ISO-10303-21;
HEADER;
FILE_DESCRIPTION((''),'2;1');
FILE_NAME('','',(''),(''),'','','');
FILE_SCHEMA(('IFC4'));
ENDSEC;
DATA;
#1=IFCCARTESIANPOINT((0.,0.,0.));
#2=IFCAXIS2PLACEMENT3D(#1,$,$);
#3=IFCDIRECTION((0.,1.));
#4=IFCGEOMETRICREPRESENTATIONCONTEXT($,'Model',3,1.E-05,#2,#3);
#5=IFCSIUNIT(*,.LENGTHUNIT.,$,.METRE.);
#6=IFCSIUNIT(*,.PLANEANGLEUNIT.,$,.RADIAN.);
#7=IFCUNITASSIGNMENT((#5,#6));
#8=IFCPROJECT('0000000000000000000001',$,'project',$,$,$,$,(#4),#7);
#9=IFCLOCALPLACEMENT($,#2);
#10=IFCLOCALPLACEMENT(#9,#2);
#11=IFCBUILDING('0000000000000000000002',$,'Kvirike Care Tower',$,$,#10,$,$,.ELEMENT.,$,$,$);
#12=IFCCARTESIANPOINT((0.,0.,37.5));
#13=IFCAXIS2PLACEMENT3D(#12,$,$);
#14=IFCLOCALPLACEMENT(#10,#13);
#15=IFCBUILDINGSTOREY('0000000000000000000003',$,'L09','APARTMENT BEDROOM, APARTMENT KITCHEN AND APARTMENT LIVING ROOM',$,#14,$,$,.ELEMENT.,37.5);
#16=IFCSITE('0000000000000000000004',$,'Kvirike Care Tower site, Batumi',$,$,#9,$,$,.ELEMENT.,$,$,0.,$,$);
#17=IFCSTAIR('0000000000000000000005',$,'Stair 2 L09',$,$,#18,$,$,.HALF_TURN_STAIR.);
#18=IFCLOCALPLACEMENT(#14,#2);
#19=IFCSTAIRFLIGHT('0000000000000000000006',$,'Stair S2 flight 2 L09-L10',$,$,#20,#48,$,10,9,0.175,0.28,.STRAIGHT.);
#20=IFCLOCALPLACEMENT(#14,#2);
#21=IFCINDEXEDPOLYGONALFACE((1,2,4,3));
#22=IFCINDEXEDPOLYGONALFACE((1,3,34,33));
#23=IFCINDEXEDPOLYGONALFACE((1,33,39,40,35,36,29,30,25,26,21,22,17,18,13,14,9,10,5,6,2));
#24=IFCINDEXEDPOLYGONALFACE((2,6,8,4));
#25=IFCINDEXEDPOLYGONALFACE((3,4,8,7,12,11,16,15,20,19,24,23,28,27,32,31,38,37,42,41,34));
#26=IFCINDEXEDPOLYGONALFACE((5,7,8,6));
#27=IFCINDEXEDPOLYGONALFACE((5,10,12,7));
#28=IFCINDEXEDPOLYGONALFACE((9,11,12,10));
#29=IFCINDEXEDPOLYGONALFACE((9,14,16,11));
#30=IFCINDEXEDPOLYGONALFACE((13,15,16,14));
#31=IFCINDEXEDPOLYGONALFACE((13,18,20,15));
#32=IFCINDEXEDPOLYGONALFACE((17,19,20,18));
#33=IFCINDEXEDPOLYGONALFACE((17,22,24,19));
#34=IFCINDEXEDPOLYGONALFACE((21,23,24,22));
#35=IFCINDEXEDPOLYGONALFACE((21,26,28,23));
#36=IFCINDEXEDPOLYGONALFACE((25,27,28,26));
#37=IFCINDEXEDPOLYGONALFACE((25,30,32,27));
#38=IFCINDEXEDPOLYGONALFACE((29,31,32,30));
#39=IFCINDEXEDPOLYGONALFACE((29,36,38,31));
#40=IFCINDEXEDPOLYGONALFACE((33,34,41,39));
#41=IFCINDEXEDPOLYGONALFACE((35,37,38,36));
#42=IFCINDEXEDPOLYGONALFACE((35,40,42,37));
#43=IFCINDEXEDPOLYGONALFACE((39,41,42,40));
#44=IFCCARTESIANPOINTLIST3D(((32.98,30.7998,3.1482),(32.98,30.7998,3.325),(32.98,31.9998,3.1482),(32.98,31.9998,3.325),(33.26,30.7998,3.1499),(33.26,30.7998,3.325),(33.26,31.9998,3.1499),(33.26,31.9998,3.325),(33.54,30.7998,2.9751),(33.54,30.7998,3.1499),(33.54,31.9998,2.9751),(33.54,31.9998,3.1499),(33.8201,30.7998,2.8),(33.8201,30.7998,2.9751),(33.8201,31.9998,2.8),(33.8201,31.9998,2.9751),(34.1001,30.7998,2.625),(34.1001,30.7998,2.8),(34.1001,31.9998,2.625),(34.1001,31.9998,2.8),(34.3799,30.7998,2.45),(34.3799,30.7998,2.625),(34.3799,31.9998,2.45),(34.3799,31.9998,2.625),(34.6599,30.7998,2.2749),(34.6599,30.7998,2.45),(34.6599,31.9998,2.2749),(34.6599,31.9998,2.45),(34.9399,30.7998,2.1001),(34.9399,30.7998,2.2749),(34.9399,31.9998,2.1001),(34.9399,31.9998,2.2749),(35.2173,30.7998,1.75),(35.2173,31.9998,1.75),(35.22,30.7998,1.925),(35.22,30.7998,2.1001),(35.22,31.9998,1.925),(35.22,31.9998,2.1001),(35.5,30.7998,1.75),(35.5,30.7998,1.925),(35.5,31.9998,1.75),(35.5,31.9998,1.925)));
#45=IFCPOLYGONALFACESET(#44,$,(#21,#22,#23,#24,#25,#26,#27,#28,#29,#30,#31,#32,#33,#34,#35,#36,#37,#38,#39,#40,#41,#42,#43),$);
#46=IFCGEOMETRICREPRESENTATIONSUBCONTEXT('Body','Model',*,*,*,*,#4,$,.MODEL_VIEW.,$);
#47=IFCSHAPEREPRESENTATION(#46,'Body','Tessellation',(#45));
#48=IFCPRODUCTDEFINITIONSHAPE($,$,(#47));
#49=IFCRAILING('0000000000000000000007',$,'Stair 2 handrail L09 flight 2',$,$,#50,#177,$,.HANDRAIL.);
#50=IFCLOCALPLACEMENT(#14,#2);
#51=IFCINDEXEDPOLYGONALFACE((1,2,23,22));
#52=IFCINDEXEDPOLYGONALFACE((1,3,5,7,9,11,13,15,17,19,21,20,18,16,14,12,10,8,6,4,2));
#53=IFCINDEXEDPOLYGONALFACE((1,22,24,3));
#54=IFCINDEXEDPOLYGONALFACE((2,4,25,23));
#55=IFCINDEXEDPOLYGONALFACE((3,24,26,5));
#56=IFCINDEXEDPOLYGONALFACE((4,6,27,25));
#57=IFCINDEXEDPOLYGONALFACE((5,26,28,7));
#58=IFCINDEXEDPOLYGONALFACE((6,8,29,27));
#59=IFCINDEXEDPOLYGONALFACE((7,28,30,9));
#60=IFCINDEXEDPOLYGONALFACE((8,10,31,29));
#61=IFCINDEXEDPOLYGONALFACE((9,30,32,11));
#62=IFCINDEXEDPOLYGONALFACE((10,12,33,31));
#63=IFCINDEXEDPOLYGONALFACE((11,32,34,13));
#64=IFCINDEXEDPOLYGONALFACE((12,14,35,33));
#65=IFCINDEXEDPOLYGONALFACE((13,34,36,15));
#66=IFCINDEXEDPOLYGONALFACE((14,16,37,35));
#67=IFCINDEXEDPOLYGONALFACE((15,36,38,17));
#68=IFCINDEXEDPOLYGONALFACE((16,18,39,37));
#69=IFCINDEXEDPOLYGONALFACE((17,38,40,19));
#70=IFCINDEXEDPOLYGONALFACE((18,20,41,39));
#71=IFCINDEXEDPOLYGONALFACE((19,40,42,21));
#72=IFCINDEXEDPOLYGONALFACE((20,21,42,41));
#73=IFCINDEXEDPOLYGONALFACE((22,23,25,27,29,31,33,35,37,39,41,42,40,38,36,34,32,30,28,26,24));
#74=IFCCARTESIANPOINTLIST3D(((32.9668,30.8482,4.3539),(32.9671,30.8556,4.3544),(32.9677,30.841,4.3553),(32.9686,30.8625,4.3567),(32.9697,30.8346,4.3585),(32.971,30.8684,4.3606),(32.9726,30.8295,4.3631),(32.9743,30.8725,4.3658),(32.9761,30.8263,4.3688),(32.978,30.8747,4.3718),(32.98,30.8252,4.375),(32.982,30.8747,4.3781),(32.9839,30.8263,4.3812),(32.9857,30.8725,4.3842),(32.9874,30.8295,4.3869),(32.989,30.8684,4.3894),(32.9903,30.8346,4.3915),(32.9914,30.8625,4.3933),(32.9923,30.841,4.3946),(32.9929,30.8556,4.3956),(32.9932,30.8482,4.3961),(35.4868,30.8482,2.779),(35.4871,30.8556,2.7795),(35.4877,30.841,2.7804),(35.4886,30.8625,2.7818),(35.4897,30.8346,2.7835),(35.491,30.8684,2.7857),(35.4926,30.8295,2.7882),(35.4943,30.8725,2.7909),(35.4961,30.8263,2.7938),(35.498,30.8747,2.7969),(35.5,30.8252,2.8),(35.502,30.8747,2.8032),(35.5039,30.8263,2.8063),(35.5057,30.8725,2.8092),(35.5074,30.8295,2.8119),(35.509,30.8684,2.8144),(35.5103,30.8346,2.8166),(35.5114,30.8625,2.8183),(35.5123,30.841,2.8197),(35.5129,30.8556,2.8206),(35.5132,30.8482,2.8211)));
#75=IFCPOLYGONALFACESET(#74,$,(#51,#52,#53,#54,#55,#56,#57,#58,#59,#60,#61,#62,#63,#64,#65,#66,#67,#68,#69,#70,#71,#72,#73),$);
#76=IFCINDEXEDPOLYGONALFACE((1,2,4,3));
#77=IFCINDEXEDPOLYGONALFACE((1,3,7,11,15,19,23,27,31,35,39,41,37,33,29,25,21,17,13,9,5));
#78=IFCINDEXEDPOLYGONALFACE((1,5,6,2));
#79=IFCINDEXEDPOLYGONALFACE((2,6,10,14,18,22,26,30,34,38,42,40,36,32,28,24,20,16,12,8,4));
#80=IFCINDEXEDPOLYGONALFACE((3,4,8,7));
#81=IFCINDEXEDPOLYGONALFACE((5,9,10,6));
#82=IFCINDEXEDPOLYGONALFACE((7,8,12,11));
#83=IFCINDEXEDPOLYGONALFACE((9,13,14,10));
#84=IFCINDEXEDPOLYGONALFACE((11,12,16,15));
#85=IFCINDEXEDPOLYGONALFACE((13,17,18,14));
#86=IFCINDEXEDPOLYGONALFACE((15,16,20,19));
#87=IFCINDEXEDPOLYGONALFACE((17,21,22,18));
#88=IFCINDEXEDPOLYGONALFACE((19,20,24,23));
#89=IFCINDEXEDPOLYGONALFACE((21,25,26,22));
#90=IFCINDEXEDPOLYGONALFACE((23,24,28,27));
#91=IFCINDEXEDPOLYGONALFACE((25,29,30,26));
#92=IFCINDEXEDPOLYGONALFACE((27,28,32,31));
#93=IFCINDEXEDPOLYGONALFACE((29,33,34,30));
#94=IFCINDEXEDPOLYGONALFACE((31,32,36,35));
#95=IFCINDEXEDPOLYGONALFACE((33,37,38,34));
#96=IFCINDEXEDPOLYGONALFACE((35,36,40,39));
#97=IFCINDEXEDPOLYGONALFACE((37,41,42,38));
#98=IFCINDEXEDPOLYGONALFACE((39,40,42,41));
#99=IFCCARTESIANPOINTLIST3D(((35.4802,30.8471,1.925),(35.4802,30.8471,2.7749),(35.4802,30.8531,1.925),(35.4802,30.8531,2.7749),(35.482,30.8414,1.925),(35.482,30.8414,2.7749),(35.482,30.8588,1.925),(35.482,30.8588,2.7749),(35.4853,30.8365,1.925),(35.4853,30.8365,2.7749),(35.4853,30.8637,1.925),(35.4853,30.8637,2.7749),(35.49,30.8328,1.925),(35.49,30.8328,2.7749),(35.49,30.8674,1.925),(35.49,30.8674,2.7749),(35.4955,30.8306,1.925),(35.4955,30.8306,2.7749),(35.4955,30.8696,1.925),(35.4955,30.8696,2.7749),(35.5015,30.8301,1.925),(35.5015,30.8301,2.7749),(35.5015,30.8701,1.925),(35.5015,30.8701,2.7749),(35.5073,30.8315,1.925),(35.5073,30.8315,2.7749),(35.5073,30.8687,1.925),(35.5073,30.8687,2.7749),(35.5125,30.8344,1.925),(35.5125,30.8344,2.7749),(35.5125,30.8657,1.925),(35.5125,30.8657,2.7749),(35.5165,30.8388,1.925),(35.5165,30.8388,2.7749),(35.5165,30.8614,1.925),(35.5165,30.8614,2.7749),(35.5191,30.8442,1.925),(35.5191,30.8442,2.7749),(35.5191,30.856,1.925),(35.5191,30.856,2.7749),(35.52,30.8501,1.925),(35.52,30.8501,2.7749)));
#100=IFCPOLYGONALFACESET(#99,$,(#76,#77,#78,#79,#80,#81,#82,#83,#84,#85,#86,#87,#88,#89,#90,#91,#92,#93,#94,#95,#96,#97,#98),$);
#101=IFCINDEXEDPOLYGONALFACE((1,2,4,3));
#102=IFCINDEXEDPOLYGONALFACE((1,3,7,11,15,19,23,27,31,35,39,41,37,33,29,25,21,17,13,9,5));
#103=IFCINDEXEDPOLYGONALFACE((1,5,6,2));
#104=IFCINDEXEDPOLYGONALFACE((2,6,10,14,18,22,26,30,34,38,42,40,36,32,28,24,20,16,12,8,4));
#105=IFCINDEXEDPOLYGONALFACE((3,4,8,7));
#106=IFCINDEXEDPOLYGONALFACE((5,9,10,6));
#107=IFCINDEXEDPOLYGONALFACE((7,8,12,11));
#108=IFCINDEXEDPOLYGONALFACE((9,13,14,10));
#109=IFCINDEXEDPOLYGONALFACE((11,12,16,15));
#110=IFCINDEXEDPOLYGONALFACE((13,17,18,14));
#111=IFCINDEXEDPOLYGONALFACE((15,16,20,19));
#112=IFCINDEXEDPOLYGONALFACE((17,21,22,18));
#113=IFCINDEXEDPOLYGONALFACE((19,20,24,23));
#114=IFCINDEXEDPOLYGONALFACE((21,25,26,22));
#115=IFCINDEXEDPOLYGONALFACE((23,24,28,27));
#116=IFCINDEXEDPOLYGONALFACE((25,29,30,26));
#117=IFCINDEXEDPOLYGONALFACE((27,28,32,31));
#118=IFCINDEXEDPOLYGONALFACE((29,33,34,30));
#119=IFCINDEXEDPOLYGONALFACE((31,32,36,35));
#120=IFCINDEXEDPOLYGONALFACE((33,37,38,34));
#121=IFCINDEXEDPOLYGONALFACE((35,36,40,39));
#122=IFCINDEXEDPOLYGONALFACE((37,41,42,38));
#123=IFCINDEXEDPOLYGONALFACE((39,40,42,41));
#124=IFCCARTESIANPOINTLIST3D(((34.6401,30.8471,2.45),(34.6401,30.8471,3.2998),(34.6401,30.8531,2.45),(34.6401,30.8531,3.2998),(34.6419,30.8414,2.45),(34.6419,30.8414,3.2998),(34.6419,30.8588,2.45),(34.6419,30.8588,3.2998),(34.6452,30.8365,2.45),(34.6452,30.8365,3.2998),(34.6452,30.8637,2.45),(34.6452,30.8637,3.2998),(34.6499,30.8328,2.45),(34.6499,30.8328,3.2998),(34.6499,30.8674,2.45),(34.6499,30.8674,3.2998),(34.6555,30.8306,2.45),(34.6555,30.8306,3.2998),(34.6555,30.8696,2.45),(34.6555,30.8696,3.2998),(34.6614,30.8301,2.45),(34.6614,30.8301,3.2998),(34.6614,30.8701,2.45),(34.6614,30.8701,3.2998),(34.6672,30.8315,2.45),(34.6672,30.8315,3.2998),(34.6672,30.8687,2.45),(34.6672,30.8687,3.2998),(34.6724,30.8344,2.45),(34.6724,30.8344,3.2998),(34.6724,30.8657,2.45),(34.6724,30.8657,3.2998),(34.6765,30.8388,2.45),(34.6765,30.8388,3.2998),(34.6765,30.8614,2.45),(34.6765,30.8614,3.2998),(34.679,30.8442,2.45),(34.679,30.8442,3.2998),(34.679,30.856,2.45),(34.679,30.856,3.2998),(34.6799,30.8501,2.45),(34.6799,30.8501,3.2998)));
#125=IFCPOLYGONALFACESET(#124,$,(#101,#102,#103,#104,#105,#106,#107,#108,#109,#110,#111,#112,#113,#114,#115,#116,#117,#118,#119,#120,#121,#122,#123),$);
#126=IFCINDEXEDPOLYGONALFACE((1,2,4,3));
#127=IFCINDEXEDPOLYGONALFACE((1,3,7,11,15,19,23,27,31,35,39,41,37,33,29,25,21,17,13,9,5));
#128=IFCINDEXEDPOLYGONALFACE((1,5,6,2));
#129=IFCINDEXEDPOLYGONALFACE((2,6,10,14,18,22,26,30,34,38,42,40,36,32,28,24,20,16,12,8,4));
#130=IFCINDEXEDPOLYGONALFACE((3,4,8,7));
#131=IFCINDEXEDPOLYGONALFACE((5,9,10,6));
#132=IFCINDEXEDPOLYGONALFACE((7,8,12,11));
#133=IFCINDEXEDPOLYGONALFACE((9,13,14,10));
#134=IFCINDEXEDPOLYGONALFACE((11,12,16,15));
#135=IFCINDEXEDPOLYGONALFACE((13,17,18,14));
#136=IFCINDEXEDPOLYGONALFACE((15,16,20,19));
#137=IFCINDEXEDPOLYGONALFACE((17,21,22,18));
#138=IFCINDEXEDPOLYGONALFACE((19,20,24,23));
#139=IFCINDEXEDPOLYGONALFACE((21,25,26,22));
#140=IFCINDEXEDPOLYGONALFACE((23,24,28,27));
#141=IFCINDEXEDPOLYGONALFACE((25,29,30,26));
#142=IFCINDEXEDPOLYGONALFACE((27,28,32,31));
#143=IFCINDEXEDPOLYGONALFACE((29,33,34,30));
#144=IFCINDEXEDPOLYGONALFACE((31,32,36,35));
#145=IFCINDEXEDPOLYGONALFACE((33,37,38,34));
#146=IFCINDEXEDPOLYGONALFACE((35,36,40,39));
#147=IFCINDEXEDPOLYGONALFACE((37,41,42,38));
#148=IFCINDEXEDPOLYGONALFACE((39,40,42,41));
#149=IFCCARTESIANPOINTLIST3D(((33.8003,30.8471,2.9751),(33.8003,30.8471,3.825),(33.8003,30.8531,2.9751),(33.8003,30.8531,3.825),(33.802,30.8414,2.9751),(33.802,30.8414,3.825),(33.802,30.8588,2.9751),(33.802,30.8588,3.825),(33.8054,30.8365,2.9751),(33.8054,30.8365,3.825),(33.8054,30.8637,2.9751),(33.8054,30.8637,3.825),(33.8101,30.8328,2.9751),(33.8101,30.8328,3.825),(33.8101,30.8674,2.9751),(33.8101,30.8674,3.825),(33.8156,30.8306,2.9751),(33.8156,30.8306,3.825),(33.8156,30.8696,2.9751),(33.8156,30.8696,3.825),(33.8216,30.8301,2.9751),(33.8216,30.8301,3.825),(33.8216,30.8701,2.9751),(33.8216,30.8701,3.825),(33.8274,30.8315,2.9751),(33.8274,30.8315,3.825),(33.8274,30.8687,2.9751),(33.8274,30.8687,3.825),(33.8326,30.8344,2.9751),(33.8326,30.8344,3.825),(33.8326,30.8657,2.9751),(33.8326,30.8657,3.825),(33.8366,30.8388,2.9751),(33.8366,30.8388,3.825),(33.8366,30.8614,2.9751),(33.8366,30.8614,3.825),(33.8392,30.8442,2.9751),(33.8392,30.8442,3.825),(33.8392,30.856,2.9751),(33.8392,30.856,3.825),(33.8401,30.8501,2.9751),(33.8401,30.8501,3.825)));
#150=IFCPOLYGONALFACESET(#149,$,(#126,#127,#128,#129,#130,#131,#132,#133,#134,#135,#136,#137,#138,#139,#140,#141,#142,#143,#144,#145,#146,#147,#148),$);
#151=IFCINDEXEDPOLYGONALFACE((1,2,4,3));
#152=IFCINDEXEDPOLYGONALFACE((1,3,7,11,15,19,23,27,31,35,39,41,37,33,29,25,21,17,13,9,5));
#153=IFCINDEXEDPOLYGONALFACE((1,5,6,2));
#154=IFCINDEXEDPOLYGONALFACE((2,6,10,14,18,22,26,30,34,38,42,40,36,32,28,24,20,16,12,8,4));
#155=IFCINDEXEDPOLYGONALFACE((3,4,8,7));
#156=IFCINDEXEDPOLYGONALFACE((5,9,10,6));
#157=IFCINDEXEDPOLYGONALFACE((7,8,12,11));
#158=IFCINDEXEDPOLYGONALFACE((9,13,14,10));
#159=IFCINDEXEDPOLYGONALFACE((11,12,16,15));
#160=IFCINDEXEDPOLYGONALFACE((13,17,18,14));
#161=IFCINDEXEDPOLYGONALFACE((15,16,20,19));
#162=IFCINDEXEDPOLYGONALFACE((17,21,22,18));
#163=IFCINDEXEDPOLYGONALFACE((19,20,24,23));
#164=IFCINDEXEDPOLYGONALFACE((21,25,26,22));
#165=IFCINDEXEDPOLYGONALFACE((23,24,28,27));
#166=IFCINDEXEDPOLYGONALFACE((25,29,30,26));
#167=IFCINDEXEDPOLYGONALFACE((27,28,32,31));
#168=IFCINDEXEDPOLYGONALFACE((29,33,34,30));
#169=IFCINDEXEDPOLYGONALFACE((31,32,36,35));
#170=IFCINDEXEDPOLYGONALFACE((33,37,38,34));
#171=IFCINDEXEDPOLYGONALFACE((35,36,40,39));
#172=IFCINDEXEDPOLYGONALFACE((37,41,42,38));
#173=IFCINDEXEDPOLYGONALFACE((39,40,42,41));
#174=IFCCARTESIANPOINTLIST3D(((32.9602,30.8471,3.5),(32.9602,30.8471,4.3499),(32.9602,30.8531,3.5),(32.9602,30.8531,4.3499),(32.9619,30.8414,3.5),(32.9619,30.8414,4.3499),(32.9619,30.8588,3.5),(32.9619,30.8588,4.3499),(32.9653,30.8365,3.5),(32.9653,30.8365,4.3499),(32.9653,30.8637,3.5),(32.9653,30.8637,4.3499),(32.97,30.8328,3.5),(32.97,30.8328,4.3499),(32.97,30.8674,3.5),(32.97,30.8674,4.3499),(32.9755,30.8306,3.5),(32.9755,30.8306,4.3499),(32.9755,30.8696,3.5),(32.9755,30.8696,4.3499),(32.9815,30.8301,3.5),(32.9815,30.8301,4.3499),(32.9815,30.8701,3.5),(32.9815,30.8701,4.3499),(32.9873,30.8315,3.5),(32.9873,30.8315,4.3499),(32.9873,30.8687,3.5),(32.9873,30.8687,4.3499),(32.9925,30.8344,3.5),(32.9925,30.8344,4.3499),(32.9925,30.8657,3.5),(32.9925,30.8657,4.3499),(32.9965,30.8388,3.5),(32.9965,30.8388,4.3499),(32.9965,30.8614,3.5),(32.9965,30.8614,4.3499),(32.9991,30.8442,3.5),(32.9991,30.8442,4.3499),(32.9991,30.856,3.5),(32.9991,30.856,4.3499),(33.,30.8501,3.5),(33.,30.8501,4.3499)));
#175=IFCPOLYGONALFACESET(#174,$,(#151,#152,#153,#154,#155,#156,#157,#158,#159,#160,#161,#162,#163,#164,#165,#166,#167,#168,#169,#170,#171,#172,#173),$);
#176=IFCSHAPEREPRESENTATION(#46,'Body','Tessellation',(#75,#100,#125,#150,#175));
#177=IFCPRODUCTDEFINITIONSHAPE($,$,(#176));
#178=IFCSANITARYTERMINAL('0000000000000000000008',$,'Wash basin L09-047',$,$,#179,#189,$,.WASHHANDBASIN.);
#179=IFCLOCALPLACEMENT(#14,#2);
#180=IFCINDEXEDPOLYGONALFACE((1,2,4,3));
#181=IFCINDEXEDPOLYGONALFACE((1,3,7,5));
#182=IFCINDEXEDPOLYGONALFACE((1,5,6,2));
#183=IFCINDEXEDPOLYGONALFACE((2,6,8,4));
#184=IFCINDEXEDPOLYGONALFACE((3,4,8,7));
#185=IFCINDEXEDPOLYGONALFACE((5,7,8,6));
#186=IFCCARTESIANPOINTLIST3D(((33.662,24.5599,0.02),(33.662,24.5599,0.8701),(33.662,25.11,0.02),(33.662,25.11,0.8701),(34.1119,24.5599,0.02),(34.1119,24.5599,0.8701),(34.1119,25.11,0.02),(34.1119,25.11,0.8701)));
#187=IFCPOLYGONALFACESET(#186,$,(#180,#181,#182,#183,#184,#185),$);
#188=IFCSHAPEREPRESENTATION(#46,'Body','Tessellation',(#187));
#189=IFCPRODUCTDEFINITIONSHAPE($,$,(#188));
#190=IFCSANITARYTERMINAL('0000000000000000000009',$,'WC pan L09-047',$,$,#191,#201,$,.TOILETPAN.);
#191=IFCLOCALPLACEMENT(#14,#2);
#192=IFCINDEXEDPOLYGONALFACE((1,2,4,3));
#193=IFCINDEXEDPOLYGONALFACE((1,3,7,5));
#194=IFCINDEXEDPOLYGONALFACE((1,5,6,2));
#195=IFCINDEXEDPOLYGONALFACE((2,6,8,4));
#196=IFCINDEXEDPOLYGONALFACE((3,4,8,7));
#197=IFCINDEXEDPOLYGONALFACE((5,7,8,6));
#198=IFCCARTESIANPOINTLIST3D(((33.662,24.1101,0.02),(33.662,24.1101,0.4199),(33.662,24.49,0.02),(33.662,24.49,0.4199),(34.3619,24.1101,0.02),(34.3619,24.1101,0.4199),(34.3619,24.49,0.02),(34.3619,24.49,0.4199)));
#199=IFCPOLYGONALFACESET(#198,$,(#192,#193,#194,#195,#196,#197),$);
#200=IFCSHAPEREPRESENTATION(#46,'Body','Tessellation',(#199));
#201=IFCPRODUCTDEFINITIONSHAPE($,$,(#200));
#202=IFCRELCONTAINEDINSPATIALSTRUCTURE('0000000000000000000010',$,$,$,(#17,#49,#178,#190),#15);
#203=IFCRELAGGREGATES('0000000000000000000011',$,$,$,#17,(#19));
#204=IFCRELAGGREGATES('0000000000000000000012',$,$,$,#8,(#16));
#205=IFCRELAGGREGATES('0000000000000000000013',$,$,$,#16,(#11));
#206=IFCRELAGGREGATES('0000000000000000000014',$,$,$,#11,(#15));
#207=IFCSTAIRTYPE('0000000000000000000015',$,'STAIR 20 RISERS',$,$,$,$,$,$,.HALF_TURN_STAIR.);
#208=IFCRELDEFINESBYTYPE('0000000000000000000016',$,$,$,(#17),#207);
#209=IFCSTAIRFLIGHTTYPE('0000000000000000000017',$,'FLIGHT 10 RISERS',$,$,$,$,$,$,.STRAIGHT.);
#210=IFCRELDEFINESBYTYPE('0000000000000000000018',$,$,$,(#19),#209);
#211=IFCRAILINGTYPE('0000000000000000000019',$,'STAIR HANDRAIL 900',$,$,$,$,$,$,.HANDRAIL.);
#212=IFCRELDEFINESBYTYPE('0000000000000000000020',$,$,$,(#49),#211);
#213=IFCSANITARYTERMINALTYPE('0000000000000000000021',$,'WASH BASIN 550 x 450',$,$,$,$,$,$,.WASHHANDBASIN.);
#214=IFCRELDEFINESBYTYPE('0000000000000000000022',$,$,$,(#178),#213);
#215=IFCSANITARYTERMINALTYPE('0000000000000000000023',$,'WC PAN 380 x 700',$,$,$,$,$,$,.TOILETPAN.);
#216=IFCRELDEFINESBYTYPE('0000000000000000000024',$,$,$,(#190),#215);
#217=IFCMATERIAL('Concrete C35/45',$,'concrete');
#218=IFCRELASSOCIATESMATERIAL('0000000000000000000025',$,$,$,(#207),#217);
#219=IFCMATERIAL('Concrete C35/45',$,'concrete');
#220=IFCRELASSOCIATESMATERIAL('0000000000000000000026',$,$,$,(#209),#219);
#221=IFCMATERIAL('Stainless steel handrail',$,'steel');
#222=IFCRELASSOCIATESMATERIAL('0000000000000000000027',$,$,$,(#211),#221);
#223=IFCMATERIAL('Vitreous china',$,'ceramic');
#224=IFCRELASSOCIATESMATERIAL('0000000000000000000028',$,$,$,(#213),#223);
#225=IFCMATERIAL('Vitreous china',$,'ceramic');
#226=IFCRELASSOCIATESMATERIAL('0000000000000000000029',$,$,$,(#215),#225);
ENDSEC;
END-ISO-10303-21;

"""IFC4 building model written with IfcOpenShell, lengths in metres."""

from ifc_helpers import new_model, si_unit, direction, frame, origin, origin_2d, place, context, subcontext, project, spatial, polyline, rectangle, circle, outline, extrude, material, type_object, element, aggregate, save


model = new_model("IFC4")

# Units and contexts
model_context = context("Model", 3, precision=1e-05, world=origin(), true_north=direction((0.0, 1.0)))
body_context = subcontext(model_context, "Body", "Model", "MODEL_VIEW")
ifc_project = project(units=[si_unit("LENGTHUNIT", "METRE"), si_unit("PLANEANGLEUNIT", "RADIAN")], contexts=[model_context])

# Site, building, storey
site_placement = place(None, origin())
site = spatial("IfcSite", under=ifc_project, at=site_placement, Name="Kvirike Care Tower site, Batumi", CompositionType="ELEMENT", RefElevation=0.0)
building_placement = place(site_placement, origin())
building = spatial("IfcBuilding", under=site, at=building_placement, Name="Kvirike Care Tower", CompositionType="ELEMENT")
storey_placement = place(building_placement, frame((0.0, 0.0, 37.5)))
storey = spatial("IfcBuildingStorey", under=building, at=storey_placement, Name="L09", Description="APARTMENT BEDROOM, APARTMENT KITCHEN AND APARTMENT LIVING ROOM", CompositionType="ELEMENT", Elevation=37.5)

# Stair, stair flight
ifc_material_1 = material(Name="Concrete C35/45", Category="concrete")
stair_type = type_object("IfcStairType", Name="STAIR 20 RISERS", PredefinedType="HALF_TURN_STAIR", material=ifc_material_1)
stair_placement = place(storey_placement, origin())
stair = element("IfcStair", 1, at=stair_placement, inside=storey, type_object=stair_type, Name="Stair 2 L09", PredefinedType="HALF_TURN_STAIR")
ifc_material_2 = material(Name="Concrete C35/45", Category="concrete")
stair_flight_type = type_object("IfcStairFlightType", Name="FLIGHT 10 RISERS", PredefinedType="STRAIGHT", material=ifc_material_2)
stair_flight_placement = place(storey_placement, frame((35.5, 31.3999, 1.75), z_axis=(0.0, 0.0, 1.0), x_axis=(-1.0, 0.0, 0.0)))
stair_flight = element("IfcStairFlight", 2, at=stair_flight_placement, type_object=stair_flight_type, Name="Stair S2 flight 2 L09-L10", NumberOfRisers=10, NumberOfTreads=9, PredefinedType="STRAIGHT", RiserHeight=0.175, TreadLength=0.28, context=body_context, shape_type="SweptSolid", body=[
    extrude(outline(polyline([(0.0, 0.0), (0.0, 0.175), (0.28, 0.175), (0.28, 0.3501), (0.5601, 0.3501), (0.5601, 0.5249), (0.8401, 0.5249), (0.8401, 0.7), (1.1201, 0.7), (1.1201, 0.875), (1.3999, 0.875), (1.3999, 1.05), (1.6799, 1.05), (1.6799, 1.2251), (1.96, 1.2251), (1.96, 1.3999), (2.24, 1.3999), (2.24, 1.575), (2.52, 1.575), (2.52, 1.75), (2.52, 1.3982), (0.2827, 0.0), (0.0, 0.0)])), frame((0.0, 0.6001, 0.0), z_axis=(0.0, -1.0, 0.0), x_axis=(1.0, 0.0, 0.0)), (0.0, 0.0, 1.0), 1.2),
])
aggregate(stair, [stair_flight])

# Railing
ifc_material_3 = material(Name="Stainless steel handrail", Category="steel")
railing_type = type_object("IfcRailingType", Name="STAIR HANDRAIL 900", PredefinedType="HANDRAIL", material=ifc_material_3)
railing_placement = place(storey_placement, frame((35.5, 30.8501, 1.925)))
element("IfcRailing", 3, at=railing_placement, inside=storey, type_object=railing_type, Name="Stair 2 handrail L09 flight 2", PredefinedType="HANDRAIL", context=body_context, shape_type="SweptSolid", body=[
    extrude(circle(Radius=0.0249, at=origin_2d()), frame((0.0, 0.0, 0.875), z_axis=(-0.848008, 0.0, 0.529984), x_axis=(0.0, -1.0, 0.0)), (0.0, 0.0, 1.0), 2.9717),
    extrude(circle(Radius=0.02, at=origin_2d()), origin(), (0.0, 0.0, 1.0), 0.8499),
    extrude(circle(Radius=0.02, at=origin_2d()), frame((-0.8401, 0.0, 0.5249)), (0.0, 0.0, 1.0), 0.8499),
    extrude(circle(Radius=0.02, at=origin_2d()), frame((-1.6799, 0.0, 1.05)), (0.0, 0.0, 1.0), 0.8499),
    extrude(circle(Radius=0.02, at=origin_2d()), frame((-2.52, 0.0, 1.575)), (0.0, 0.0, 1.0), 0.8499),
])

# Sanitary terminals
ifc_material_4 = material(Name="Vitreous china", Category="ceramic")
sanitary_terminal_type_1 = type_object("IfcSanitaryTerminalType", Name="WASH BASIN 550 x 450", PredefinedType="WASHHANDBASIN", material=ifc_material_4)
sanitary_terminal_1_placement = place(storey_placement, frame((33.887, 24.835, 0.02), z_axis=(0.0, 0.0, 1.0), x_axis=(0.0, 1.0, 0.0)))
element("IfcSanitaryTerminal", 4, at=sanitary_terminal_1_placement, inside=storey, type_object=sanitary_terminal_type_1, Name="Wash basin L09-047", PredefinedType="WASHHANDBASIN", context=body_context, shape_type="SweptSolid", body=[
    extrude(rectangle(XDim=0.55, YDim=0.45, at=origin_2d()), origin(), (0.0, 0.0, 1.0), 0.8501),
])
ifc_material_5 = material(Name="Vitreous china", Category="ceramic")
sanitary_terminal_type_2 = type_object("IfcSanitaryTerminalType", Name="WC PAN 380 x 700", PredefinedType="TOILETPAN", material=ifc_material_5)
sanitary_terminal_2_placement = place(storey_placement, frame((34.012, 24.3, 0.02), z_axis=(0.0, 0.0, 1.0), x_axis=(0.0, 1.0, 0.0)))
element("IfcSanitaryTerminal", 5, at=sanitary_terminal_2_placement, inside=storey, type_object=sanitary_terminal_type_2, Name="WC pan L09-047", PredefinedType="TOILETPAN", context=body_context, shape_type="SweptSolid", body=[
    extrude(rectangle(XDim=0.3799, YDim=0.7, at=origin_2d()), origin(), (0.0, 0.0, 1.0), 0.3999),
])

save(model, "model.ifc")
